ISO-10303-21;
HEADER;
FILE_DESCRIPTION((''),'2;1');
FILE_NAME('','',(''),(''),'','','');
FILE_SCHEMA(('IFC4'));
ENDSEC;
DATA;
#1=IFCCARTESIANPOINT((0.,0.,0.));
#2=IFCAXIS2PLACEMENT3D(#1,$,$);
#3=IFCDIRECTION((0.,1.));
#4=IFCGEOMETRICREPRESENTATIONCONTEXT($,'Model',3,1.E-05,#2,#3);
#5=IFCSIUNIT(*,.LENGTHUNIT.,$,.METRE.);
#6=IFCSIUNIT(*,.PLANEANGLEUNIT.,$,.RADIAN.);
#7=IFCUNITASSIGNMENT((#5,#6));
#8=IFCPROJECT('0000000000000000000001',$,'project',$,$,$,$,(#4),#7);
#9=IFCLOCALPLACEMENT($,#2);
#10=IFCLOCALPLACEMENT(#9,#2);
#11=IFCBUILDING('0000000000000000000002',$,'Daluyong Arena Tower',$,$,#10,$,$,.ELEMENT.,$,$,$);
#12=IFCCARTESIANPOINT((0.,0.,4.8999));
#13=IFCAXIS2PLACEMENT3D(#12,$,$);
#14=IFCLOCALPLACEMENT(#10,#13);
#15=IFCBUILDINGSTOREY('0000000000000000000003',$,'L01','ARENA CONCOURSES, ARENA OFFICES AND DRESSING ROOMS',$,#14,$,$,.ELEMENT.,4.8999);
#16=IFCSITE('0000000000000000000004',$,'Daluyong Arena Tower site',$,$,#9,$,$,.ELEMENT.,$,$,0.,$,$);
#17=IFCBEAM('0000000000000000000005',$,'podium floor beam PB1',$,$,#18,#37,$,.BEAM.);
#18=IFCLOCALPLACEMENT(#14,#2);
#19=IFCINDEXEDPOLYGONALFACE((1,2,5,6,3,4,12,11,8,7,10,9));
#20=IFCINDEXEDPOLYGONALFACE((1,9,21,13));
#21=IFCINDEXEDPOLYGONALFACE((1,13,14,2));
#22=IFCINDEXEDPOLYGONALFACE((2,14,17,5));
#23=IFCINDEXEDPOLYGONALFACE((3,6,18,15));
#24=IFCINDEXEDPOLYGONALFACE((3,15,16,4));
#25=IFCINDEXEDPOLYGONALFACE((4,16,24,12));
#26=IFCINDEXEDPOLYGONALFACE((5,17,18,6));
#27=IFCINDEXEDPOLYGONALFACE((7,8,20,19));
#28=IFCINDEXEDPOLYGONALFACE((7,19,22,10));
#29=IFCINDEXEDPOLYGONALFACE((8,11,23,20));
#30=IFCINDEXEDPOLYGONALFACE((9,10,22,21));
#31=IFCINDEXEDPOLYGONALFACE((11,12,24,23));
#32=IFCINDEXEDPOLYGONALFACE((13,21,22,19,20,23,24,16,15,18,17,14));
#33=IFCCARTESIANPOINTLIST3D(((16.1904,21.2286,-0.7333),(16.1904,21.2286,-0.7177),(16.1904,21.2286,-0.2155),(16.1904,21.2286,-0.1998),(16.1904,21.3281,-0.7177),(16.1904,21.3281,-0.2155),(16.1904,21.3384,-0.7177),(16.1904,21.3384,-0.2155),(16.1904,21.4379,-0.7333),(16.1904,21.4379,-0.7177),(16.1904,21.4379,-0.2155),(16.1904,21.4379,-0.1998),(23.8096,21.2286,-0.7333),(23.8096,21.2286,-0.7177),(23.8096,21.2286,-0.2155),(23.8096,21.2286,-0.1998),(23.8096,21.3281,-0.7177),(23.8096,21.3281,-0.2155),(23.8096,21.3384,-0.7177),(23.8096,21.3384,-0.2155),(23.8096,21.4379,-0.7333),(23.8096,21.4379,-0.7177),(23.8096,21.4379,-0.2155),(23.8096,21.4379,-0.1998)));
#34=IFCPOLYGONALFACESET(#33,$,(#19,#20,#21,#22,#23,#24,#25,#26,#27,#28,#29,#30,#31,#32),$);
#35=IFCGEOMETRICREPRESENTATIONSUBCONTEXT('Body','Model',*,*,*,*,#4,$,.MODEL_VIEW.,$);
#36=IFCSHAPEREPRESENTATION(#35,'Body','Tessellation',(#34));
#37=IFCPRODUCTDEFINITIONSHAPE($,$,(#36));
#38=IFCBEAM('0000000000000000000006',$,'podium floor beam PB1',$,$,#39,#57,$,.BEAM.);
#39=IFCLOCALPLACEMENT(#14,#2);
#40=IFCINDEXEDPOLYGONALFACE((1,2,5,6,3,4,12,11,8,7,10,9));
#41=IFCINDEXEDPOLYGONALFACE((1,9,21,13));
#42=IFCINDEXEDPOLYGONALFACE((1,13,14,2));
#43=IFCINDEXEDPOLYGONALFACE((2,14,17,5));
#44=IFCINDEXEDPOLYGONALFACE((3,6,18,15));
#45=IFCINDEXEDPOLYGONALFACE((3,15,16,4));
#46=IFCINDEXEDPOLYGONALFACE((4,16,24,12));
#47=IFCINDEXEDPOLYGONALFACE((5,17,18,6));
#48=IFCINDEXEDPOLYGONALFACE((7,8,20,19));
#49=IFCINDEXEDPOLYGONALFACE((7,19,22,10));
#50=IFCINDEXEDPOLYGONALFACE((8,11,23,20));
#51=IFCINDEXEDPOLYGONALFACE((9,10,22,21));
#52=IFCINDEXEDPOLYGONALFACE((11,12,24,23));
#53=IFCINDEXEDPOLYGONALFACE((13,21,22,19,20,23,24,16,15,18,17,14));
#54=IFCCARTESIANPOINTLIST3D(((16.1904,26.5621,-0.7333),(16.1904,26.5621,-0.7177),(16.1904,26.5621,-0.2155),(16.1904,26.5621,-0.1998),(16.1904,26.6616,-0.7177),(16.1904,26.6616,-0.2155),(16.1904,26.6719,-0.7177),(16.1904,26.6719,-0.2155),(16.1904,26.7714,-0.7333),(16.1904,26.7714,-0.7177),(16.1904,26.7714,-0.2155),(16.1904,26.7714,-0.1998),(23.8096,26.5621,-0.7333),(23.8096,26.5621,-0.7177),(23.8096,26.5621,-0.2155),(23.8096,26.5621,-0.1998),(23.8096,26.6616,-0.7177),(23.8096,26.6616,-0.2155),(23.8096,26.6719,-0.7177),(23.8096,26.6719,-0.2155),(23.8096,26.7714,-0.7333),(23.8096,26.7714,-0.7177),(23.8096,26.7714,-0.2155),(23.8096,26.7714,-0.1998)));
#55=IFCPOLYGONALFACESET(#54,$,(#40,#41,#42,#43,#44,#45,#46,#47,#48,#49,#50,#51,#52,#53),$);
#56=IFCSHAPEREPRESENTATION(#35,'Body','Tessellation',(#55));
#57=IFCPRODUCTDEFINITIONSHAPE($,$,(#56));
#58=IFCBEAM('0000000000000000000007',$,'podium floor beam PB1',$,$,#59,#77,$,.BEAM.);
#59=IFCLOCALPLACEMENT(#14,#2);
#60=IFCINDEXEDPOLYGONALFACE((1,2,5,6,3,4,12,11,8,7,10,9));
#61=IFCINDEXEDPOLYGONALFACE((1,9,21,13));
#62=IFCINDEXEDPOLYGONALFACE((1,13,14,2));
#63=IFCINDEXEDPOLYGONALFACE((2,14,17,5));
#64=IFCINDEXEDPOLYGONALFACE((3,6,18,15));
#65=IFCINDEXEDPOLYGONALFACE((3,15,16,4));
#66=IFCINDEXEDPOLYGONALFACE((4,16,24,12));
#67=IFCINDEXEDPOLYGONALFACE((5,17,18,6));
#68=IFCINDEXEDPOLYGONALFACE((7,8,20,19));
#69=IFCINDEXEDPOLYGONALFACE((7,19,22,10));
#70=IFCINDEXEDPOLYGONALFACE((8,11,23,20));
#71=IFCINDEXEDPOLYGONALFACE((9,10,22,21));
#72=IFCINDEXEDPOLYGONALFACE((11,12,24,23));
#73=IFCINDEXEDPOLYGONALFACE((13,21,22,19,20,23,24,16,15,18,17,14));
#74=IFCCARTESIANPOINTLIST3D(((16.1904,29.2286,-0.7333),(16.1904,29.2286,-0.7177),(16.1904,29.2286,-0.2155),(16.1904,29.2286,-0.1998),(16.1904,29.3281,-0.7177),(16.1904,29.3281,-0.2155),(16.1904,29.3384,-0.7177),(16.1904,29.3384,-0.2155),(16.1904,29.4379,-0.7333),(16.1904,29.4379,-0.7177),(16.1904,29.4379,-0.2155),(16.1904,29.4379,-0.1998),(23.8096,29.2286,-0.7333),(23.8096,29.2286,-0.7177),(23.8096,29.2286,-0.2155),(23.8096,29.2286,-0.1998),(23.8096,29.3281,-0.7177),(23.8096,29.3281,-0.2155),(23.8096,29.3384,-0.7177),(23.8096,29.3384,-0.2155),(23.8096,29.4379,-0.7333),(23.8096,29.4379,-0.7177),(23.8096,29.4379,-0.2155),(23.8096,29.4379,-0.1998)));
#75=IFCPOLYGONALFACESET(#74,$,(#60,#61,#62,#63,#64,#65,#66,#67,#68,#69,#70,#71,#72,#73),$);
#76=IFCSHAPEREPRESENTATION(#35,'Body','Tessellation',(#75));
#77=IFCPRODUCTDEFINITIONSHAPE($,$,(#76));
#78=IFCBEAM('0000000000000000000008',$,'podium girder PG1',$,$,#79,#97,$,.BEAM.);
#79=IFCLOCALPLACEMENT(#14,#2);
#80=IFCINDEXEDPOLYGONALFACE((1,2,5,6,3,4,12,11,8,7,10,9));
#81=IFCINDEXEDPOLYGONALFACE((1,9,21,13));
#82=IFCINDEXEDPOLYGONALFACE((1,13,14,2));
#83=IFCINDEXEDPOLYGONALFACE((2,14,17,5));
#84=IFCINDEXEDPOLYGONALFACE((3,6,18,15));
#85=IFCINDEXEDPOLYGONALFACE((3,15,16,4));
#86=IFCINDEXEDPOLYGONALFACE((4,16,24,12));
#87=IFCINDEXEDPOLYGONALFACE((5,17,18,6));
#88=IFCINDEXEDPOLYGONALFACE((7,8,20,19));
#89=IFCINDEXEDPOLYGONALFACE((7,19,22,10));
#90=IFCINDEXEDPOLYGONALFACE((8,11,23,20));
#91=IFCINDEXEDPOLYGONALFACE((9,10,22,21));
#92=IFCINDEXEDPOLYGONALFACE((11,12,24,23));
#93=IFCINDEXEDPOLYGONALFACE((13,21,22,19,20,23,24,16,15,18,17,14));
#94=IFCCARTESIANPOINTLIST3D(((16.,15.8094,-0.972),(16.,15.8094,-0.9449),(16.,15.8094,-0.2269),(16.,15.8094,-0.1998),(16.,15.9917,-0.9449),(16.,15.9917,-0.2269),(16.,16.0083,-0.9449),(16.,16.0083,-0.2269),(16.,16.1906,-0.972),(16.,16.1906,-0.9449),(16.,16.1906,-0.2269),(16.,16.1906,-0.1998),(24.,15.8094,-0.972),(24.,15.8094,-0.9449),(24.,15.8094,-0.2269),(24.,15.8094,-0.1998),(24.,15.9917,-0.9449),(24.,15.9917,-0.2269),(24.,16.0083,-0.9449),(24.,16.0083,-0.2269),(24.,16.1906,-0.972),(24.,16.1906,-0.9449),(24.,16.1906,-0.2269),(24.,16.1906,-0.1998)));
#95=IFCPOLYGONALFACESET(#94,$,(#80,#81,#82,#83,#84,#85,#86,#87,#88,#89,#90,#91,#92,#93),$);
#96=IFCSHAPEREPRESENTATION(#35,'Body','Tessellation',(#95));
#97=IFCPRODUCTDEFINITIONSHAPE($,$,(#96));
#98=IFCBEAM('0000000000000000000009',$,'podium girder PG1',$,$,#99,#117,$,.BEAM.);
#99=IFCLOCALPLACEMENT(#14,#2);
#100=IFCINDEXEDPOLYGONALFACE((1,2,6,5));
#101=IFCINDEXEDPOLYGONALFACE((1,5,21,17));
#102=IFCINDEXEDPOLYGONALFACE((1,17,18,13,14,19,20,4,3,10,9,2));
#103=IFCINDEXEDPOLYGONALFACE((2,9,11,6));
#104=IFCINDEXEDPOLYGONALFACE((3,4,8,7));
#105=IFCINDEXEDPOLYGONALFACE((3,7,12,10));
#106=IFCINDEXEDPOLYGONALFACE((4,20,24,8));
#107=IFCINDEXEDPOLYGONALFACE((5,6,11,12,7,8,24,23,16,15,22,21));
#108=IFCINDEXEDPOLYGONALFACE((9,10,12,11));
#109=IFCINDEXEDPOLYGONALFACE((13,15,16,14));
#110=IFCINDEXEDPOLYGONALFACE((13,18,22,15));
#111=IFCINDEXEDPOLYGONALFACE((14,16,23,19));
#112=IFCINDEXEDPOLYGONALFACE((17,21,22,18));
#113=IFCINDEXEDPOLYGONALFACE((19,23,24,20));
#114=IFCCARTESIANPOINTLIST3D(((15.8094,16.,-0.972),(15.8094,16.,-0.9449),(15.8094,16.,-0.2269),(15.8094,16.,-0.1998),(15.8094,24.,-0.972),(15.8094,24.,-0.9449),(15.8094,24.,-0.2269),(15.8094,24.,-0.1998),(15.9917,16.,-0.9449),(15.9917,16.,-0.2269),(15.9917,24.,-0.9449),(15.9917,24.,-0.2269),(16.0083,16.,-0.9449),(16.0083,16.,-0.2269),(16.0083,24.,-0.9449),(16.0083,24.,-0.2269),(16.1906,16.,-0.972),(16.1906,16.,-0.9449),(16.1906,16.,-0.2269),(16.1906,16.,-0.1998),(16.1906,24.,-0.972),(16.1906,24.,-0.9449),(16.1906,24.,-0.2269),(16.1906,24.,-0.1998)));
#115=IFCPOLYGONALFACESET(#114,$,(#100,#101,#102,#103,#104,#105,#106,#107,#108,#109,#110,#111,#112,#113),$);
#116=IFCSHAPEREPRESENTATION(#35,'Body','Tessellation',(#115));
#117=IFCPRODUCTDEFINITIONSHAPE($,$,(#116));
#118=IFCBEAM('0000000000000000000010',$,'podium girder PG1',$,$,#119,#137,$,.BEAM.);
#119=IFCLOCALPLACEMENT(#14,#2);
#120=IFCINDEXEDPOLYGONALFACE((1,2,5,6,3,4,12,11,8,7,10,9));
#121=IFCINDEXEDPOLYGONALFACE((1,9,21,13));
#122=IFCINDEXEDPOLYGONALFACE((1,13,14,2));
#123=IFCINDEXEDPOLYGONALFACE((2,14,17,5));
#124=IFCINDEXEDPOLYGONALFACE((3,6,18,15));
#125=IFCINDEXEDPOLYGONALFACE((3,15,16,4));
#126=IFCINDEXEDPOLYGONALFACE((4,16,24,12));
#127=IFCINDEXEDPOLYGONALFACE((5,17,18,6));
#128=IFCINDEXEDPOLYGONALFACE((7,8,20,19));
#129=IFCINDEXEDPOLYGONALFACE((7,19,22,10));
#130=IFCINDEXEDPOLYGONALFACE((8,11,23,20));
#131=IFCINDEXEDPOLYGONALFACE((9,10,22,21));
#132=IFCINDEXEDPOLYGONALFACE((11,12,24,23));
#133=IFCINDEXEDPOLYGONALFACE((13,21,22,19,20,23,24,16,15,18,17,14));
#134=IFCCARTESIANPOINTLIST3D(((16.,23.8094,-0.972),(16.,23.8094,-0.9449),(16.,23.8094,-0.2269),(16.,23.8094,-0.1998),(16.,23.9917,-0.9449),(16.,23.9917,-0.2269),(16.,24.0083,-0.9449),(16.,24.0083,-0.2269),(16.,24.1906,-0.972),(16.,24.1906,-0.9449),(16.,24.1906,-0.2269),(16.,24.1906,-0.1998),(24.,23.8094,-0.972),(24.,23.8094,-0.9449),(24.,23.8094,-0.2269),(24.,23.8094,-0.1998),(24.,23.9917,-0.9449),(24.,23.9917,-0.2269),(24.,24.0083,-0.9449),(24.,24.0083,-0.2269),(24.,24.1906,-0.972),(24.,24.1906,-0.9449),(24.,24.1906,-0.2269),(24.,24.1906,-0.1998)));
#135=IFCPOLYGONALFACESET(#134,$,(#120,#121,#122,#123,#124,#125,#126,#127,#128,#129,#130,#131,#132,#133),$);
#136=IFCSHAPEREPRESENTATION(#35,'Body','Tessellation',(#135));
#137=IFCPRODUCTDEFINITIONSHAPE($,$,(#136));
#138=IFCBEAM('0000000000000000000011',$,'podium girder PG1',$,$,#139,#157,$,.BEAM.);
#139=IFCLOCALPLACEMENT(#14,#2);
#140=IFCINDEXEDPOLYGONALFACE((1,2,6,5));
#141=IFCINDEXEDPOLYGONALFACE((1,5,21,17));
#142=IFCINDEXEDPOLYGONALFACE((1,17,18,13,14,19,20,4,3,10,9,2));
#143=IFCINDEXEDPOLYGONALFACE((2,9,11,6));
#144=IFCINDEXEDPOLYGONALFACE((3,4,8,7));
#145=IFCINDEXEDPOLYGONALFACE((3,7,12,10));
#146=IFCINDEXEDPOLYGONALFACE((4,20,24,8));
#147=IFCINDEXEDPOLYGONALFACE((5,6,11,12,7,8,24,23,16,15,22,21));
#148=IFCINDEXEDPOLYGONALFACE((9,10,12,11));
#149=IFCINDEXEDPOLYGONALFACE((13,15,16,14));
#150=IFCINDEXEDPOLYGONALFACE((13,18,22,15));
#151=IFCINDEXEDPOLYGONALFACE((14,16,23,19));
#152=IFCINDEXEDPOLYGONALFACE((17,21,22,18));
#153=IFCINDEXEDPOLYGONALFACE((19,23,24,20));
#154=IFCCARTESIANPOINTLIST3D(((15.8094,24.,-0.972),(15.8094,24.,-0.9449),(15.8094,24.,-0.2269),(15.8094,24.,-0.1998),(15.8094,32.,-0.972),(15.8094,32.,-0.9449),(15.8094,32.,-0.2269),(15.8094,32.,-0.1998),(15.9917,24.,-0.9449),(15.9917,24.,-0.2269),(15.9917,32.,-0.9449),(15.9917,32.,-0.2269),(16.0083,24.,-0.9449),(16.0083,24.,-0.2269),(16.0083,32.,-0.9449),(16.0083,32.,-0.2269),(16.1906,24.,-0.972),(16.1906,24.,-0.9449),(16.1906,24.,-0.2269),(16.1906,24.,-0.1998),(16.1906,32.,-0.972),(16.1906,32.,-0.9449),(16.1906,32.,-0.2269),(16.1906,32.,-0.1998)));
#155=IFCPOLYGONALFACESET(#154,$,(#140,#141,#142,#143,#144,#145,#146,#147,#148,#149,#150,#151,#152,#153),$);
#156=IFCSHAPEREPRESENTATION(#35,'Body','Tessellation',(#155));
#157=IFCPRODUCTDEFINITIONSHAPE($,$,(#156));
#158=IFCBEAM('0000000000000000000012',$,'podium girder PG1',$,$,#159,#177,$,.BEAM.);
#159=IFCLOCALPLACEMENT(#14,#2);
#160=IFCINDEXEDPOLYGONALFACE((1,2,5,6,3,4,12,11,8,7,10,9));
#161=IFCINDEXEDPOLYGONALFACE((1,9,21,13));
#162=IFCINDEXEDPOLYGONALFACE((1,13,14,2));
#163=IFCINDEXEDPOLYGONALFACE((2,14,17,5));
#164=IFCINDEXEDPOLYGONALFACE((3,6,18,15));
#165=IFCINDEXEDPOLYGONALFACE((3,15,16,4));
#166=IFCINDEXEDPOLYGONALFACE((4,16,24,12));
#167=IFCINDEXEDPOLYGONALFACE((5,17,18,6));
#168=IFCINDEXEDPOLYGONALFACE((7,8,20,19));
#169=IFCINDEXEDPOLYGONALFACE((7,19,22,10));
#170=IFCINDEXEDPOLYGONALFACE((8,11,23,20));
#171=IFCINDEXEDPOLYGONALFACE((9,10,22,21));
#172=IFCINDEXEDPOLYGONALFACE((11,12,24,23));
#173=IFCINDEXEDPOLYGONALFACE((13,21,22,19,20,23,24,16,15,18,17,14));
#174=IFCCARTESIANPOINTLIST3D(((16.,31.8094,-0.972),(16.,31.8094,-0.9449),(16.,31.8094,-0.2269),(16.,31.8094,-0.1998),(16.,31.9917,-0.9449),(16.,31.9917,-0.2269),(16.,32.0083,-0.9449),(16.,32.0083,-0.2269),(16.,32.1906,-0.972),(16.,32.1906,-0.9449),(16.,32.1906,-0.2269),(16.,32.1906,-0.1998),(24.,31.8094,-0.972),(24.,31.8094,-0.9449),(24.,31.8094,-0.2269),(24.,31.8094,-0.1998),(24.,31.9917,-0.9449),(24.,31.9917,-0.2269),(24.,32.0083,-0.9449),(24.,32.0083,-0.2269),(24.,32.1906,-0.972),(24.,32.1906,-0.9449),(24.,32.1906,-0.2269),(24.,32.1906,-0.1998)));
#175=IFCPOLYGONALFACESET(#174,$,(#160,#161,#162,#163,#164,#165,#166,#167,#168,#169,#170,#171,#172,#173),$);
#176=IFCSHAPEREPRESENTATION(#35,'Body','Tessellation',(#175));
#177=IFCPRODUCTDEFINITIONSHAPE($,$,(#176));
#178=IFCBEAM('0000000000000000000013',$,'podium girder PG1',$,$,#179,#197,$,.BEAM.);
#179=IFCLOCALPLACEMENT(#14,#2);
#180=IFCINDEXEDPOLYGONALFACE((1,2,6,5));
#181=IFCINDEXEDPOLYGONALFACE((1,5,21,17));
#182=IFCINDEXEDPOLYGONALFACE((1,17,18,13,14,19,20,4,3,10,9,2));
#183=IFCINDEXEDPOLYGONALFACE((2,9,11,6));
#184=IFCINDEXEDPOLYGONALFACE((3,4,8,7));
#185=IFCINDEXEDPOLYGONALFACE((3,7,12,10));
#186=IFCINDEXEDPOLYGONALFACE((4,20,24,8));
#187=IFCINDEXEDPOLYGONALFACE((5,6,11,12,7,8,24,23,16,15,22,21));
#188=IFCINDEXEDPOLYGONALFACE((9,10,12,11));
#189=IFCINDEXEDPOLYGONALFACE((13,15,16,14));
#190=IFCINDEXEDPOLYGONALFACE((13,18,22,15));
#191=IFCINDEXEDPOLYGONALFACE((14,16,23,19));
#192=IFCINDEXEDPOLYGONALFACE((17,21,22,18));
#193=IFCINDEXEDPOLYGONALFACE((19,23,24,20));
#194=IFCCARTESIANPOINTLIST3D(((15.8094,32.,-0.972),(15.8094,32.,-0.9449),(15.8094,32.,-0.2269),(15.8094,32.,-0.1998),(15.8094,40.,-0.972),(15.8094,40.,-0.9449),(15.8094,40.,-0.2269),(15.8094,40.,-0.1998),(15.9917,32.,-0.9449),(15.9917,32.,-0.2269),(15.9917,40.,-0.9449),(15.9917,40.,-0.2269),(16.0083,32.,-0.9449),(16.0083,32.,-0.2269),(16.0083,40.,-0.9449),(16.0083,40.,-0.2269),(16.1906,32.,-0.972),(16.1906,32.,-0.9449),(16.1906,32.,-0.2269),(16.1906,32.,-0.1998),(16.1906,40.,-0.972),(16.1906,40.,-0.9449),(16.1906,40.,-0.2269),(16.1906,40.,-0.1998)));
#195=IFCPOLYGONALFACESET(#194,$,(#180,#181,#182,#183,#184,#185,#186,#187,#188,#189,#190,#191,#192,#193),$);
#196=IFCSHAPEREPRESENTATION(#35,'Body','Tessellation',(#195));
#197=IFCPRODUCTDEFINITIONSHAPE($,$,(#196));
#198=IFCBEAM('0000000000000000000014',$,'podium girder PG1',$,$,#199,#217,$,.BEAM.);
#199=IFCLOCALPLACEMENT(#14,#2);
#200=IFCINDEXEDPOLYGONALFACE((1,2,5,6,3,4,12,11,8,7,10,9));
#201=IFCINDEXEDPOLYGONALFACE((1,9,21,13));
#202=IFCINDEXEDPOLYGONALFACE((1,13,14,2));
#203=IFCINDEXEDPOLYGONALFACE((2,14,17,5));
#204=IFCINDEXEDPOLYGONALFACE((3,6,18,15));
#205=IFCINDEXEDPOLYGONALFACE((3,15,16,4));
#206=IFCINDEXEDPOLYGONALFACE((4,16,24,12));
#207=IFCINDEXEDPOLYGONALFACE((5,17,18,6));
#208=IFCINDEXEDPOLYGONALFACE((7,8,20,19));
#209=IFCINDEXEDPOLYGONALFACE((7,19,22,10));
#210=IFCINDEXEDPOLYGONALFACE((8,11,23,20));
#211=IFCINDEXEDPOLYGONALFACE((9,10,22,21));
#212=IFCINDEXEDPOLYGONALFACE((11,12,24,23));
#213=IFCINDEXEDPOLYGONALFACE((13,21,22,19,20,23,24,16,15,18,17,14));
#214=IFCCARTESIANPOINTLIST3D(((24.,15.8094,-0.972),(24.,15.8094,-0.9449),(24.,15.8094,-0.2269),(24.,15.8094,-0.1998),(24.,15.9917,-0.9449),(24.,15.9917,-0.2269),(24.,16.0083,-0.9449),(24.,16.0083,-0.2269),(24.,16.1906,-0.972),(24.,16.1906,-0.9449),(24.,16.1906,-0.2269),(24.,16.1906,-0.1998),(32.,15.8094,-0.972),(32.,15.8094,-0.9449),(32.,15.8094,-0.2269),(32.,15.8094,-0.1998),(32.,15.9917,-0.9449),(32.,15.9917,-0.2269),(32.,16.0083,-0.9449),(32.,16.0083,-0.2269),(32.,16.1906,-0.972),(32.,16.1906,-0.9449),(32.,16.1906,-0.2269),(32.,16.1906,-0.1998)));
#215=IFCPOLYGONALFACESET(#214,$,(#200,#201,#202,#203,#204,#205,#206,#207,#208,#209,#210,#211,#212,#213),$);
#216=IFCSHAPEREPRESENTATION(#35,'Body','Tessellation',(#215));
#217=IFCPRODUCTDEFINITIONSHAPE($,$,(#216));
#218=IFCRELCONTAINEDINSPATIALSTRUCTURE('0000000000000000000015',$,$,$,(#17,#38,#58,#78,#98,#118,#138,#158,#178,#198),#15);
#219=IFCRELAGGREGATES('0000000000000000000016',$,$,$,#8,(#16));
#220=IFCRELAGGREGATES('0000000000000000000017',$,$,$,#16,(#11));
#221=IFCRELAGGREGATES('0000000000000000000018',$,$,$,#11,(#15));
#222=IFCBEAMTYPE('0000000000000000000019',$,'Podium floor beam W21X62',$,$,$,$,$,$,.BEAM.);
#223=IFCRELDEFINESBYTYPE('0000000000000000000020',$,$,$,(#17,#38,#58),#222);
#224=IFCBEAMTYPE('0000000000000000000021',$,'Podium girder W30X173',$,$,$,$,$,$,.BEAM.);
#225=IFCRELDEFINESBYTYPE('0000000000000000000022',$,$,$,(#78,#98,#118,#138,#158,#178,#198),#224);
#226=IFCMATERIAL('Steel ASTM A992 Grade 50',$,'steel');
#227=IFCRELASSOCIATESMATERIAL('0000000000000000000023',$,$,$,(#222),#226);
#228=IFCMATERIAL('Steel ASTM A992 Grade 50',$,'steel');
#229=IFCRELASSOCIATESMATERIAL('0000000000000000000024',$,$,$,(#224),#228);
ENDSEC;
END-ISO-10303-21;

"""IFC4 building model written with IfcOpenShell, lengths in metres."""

from ifc_helpers import new_model, si_unit, direction, frame, origin, origin_2d, place, context, subcontext, project, spatial, i_section, extrude, material, material_profile, profile_set, type_object, element, save


model = new_model("IFC4")

# Units and contexts
model_context = context("Model", 3, precision=1e-05, world=origin(), true_north=direction((0.0, 1.0)))
body_context = subcontext(model_context, "Body", "Model", "MODEL_VIEW")
ifc_project = project(units=[si_unit("LENGTHUNIT", "METRE"), si_unit("PLANEANGLEUNIT", "RADIAN")], contexts=[model_context])

# Site, building, storey
site_placement = place(None, origin())
site = spatial("IfcSite", under=ifc_project, at=site_placement, Name="Daluyong Arena Tower site", CompositionType="ELEMENT", RefElevation=0.0)
building_placement = place(site_placement, origin())
building = spatial("IfcBuilding", under=site, at=building_placement, Name="Daluyong Arena Tower", CompositionType="ELEMENT")
storey_placement = place(building_placement, frame((0.0, 0.0, 4.8999)))
storey = spatial("IfcBuildingStorey", under=building, at=storey_placement, Name="L01", Description="ARENA CONCOURSES, ARENA OFFICES AND DRESSING ROOMS", CompositionType="ELEMENT", Elevation=4.8999)

# Beams
ifc_material_1 = material(Name="Steel ASTM A992 Grade 50", Category="steel")
ifc_material_profile_1 = material_profile(ifc_material_1, i_section(OverallWidth=0.2092, OverallDepth=0.5334, WebThickness=0.0103, FlangeThickness=0.0156, at=origin_2d()))
ifc_profile_set_1 = profile_set([ifc_material_profile_1], Name="Steel ASTM A992 Grade 50")
beam_type_1 = type_object("IfcBeamType", Name="Podium floor beam W21X62", PredefinedType="BEAM", material=ifc_profile_set_1)
for number, where, z_axis, x_axis, name in (
    (1, (16.1904, 21.3333, -0.4666), (1.0, 0.0, 0.0), (0.0, 1.0, 0.0), "podium floor beam PB1"),
    (2, (16.1904, 26.6667, -0.4666), (1.0, 0.0, 0.0), (0.0, 1.0, 0.0), "podium floor beam PB1"),
    (3, (16.1904, 29.3333, -0.4666), (1.0, 0.0, 0.0), (0.0, 1.0, 0.0), "podium floor beam PB1"),
):
    element("IfcBeam", number, at=place(storey_placement, frame(where, z_axis=z_axis, x_axis=x_axis)), inside=storey, type_object=beam_type_1, Name=name, PredefinedType="BEAM", context=body_context, shape_type="SweptSolid", body=[
        extrude(i_section(OverallWidth=0.2092, OverallDepth=0.5334, WebThickness=0.0103, FlangeThickness=0.0156, at=origin_2d()), origin(), (0.0, 0.0, 1.0), 7.6191),
    ])
ifc_material_2 = material(Name="Steel ASTM A992 Grade 50", Category="steel")
ifc_material_profile_2 = material_profile(ifc_material_2, i_section(OverallWidth=0.3811, OverallDepth=0.7722, WebThickness=0.0166, FlangeThickness=0.0271, at=origin_2d()))
ifc_profile_set_2 = profile_set([ifc_material_profile_2], Name="Steel ASTM A992 Grade 50")
beam_type_2 = type_object("IfcBeamType", Name="Podium girder W30X173", PredefinedType="BEAM", material=ifc_profile_set_2)
for number, where, z_axis, x_axis, name in (
    (4, (16.0, 16.0, -0.5859), (1.0, 0.0, 0.0), (0.0, 1.0, 0.0), "podium girder PG1"),
    (5, (16.0, 16.0, -0.5859), (0.0, 1.0, 0.0), (-1.0, 0.0, 0.0), "podium girder PG1"),
    (6, (16.0, 24.0, -0.5859), (1.0, 0.0, 0.0), (0.0, 1.0, 0.0), "podium girder PG1"),
    (7, (16.0, 24.0, -0.5859), (0.0, 1.0, 0.0), (-1.0, 0.0, 0.0), "podium girder PG1"),
    (8, (16.0, 32.0, -0.5859), (1.0, 0.0, 0.0), (0.0, 1.0, 0.0), "podium girder PG1"),
    (9, (16.0, 32.0, -0.5859), (0.0, 1.0, 0.0), (-1.0, 0.0, 0.0), "podium girder PG1"),
    (10, (24.0, 16.0, -0.5859), (1.0, 0.0, 0.0), (0.0, 1.0, 0.0), "podium girder PG1"),
):
    element("IfcBeam", number, at=place(storey_placement, frame(where, z_axis=z_axis, x_axis=x_axis)), inside=storey, type_object=beam_type_2, Name=name, PredefinedType="BEAM", context=body_context, shape_type="SweptSolid", body=[
        extrude(i_section(OverallWidth=0.3811, OverallDepth=0.7722, WebThickness=0.0166, FlangeThickness=0.0271, at=origin_2d()), origin(), (0.0, 0.0, 1.0), 8.0),
    ])

save(model, "model.ifc")
